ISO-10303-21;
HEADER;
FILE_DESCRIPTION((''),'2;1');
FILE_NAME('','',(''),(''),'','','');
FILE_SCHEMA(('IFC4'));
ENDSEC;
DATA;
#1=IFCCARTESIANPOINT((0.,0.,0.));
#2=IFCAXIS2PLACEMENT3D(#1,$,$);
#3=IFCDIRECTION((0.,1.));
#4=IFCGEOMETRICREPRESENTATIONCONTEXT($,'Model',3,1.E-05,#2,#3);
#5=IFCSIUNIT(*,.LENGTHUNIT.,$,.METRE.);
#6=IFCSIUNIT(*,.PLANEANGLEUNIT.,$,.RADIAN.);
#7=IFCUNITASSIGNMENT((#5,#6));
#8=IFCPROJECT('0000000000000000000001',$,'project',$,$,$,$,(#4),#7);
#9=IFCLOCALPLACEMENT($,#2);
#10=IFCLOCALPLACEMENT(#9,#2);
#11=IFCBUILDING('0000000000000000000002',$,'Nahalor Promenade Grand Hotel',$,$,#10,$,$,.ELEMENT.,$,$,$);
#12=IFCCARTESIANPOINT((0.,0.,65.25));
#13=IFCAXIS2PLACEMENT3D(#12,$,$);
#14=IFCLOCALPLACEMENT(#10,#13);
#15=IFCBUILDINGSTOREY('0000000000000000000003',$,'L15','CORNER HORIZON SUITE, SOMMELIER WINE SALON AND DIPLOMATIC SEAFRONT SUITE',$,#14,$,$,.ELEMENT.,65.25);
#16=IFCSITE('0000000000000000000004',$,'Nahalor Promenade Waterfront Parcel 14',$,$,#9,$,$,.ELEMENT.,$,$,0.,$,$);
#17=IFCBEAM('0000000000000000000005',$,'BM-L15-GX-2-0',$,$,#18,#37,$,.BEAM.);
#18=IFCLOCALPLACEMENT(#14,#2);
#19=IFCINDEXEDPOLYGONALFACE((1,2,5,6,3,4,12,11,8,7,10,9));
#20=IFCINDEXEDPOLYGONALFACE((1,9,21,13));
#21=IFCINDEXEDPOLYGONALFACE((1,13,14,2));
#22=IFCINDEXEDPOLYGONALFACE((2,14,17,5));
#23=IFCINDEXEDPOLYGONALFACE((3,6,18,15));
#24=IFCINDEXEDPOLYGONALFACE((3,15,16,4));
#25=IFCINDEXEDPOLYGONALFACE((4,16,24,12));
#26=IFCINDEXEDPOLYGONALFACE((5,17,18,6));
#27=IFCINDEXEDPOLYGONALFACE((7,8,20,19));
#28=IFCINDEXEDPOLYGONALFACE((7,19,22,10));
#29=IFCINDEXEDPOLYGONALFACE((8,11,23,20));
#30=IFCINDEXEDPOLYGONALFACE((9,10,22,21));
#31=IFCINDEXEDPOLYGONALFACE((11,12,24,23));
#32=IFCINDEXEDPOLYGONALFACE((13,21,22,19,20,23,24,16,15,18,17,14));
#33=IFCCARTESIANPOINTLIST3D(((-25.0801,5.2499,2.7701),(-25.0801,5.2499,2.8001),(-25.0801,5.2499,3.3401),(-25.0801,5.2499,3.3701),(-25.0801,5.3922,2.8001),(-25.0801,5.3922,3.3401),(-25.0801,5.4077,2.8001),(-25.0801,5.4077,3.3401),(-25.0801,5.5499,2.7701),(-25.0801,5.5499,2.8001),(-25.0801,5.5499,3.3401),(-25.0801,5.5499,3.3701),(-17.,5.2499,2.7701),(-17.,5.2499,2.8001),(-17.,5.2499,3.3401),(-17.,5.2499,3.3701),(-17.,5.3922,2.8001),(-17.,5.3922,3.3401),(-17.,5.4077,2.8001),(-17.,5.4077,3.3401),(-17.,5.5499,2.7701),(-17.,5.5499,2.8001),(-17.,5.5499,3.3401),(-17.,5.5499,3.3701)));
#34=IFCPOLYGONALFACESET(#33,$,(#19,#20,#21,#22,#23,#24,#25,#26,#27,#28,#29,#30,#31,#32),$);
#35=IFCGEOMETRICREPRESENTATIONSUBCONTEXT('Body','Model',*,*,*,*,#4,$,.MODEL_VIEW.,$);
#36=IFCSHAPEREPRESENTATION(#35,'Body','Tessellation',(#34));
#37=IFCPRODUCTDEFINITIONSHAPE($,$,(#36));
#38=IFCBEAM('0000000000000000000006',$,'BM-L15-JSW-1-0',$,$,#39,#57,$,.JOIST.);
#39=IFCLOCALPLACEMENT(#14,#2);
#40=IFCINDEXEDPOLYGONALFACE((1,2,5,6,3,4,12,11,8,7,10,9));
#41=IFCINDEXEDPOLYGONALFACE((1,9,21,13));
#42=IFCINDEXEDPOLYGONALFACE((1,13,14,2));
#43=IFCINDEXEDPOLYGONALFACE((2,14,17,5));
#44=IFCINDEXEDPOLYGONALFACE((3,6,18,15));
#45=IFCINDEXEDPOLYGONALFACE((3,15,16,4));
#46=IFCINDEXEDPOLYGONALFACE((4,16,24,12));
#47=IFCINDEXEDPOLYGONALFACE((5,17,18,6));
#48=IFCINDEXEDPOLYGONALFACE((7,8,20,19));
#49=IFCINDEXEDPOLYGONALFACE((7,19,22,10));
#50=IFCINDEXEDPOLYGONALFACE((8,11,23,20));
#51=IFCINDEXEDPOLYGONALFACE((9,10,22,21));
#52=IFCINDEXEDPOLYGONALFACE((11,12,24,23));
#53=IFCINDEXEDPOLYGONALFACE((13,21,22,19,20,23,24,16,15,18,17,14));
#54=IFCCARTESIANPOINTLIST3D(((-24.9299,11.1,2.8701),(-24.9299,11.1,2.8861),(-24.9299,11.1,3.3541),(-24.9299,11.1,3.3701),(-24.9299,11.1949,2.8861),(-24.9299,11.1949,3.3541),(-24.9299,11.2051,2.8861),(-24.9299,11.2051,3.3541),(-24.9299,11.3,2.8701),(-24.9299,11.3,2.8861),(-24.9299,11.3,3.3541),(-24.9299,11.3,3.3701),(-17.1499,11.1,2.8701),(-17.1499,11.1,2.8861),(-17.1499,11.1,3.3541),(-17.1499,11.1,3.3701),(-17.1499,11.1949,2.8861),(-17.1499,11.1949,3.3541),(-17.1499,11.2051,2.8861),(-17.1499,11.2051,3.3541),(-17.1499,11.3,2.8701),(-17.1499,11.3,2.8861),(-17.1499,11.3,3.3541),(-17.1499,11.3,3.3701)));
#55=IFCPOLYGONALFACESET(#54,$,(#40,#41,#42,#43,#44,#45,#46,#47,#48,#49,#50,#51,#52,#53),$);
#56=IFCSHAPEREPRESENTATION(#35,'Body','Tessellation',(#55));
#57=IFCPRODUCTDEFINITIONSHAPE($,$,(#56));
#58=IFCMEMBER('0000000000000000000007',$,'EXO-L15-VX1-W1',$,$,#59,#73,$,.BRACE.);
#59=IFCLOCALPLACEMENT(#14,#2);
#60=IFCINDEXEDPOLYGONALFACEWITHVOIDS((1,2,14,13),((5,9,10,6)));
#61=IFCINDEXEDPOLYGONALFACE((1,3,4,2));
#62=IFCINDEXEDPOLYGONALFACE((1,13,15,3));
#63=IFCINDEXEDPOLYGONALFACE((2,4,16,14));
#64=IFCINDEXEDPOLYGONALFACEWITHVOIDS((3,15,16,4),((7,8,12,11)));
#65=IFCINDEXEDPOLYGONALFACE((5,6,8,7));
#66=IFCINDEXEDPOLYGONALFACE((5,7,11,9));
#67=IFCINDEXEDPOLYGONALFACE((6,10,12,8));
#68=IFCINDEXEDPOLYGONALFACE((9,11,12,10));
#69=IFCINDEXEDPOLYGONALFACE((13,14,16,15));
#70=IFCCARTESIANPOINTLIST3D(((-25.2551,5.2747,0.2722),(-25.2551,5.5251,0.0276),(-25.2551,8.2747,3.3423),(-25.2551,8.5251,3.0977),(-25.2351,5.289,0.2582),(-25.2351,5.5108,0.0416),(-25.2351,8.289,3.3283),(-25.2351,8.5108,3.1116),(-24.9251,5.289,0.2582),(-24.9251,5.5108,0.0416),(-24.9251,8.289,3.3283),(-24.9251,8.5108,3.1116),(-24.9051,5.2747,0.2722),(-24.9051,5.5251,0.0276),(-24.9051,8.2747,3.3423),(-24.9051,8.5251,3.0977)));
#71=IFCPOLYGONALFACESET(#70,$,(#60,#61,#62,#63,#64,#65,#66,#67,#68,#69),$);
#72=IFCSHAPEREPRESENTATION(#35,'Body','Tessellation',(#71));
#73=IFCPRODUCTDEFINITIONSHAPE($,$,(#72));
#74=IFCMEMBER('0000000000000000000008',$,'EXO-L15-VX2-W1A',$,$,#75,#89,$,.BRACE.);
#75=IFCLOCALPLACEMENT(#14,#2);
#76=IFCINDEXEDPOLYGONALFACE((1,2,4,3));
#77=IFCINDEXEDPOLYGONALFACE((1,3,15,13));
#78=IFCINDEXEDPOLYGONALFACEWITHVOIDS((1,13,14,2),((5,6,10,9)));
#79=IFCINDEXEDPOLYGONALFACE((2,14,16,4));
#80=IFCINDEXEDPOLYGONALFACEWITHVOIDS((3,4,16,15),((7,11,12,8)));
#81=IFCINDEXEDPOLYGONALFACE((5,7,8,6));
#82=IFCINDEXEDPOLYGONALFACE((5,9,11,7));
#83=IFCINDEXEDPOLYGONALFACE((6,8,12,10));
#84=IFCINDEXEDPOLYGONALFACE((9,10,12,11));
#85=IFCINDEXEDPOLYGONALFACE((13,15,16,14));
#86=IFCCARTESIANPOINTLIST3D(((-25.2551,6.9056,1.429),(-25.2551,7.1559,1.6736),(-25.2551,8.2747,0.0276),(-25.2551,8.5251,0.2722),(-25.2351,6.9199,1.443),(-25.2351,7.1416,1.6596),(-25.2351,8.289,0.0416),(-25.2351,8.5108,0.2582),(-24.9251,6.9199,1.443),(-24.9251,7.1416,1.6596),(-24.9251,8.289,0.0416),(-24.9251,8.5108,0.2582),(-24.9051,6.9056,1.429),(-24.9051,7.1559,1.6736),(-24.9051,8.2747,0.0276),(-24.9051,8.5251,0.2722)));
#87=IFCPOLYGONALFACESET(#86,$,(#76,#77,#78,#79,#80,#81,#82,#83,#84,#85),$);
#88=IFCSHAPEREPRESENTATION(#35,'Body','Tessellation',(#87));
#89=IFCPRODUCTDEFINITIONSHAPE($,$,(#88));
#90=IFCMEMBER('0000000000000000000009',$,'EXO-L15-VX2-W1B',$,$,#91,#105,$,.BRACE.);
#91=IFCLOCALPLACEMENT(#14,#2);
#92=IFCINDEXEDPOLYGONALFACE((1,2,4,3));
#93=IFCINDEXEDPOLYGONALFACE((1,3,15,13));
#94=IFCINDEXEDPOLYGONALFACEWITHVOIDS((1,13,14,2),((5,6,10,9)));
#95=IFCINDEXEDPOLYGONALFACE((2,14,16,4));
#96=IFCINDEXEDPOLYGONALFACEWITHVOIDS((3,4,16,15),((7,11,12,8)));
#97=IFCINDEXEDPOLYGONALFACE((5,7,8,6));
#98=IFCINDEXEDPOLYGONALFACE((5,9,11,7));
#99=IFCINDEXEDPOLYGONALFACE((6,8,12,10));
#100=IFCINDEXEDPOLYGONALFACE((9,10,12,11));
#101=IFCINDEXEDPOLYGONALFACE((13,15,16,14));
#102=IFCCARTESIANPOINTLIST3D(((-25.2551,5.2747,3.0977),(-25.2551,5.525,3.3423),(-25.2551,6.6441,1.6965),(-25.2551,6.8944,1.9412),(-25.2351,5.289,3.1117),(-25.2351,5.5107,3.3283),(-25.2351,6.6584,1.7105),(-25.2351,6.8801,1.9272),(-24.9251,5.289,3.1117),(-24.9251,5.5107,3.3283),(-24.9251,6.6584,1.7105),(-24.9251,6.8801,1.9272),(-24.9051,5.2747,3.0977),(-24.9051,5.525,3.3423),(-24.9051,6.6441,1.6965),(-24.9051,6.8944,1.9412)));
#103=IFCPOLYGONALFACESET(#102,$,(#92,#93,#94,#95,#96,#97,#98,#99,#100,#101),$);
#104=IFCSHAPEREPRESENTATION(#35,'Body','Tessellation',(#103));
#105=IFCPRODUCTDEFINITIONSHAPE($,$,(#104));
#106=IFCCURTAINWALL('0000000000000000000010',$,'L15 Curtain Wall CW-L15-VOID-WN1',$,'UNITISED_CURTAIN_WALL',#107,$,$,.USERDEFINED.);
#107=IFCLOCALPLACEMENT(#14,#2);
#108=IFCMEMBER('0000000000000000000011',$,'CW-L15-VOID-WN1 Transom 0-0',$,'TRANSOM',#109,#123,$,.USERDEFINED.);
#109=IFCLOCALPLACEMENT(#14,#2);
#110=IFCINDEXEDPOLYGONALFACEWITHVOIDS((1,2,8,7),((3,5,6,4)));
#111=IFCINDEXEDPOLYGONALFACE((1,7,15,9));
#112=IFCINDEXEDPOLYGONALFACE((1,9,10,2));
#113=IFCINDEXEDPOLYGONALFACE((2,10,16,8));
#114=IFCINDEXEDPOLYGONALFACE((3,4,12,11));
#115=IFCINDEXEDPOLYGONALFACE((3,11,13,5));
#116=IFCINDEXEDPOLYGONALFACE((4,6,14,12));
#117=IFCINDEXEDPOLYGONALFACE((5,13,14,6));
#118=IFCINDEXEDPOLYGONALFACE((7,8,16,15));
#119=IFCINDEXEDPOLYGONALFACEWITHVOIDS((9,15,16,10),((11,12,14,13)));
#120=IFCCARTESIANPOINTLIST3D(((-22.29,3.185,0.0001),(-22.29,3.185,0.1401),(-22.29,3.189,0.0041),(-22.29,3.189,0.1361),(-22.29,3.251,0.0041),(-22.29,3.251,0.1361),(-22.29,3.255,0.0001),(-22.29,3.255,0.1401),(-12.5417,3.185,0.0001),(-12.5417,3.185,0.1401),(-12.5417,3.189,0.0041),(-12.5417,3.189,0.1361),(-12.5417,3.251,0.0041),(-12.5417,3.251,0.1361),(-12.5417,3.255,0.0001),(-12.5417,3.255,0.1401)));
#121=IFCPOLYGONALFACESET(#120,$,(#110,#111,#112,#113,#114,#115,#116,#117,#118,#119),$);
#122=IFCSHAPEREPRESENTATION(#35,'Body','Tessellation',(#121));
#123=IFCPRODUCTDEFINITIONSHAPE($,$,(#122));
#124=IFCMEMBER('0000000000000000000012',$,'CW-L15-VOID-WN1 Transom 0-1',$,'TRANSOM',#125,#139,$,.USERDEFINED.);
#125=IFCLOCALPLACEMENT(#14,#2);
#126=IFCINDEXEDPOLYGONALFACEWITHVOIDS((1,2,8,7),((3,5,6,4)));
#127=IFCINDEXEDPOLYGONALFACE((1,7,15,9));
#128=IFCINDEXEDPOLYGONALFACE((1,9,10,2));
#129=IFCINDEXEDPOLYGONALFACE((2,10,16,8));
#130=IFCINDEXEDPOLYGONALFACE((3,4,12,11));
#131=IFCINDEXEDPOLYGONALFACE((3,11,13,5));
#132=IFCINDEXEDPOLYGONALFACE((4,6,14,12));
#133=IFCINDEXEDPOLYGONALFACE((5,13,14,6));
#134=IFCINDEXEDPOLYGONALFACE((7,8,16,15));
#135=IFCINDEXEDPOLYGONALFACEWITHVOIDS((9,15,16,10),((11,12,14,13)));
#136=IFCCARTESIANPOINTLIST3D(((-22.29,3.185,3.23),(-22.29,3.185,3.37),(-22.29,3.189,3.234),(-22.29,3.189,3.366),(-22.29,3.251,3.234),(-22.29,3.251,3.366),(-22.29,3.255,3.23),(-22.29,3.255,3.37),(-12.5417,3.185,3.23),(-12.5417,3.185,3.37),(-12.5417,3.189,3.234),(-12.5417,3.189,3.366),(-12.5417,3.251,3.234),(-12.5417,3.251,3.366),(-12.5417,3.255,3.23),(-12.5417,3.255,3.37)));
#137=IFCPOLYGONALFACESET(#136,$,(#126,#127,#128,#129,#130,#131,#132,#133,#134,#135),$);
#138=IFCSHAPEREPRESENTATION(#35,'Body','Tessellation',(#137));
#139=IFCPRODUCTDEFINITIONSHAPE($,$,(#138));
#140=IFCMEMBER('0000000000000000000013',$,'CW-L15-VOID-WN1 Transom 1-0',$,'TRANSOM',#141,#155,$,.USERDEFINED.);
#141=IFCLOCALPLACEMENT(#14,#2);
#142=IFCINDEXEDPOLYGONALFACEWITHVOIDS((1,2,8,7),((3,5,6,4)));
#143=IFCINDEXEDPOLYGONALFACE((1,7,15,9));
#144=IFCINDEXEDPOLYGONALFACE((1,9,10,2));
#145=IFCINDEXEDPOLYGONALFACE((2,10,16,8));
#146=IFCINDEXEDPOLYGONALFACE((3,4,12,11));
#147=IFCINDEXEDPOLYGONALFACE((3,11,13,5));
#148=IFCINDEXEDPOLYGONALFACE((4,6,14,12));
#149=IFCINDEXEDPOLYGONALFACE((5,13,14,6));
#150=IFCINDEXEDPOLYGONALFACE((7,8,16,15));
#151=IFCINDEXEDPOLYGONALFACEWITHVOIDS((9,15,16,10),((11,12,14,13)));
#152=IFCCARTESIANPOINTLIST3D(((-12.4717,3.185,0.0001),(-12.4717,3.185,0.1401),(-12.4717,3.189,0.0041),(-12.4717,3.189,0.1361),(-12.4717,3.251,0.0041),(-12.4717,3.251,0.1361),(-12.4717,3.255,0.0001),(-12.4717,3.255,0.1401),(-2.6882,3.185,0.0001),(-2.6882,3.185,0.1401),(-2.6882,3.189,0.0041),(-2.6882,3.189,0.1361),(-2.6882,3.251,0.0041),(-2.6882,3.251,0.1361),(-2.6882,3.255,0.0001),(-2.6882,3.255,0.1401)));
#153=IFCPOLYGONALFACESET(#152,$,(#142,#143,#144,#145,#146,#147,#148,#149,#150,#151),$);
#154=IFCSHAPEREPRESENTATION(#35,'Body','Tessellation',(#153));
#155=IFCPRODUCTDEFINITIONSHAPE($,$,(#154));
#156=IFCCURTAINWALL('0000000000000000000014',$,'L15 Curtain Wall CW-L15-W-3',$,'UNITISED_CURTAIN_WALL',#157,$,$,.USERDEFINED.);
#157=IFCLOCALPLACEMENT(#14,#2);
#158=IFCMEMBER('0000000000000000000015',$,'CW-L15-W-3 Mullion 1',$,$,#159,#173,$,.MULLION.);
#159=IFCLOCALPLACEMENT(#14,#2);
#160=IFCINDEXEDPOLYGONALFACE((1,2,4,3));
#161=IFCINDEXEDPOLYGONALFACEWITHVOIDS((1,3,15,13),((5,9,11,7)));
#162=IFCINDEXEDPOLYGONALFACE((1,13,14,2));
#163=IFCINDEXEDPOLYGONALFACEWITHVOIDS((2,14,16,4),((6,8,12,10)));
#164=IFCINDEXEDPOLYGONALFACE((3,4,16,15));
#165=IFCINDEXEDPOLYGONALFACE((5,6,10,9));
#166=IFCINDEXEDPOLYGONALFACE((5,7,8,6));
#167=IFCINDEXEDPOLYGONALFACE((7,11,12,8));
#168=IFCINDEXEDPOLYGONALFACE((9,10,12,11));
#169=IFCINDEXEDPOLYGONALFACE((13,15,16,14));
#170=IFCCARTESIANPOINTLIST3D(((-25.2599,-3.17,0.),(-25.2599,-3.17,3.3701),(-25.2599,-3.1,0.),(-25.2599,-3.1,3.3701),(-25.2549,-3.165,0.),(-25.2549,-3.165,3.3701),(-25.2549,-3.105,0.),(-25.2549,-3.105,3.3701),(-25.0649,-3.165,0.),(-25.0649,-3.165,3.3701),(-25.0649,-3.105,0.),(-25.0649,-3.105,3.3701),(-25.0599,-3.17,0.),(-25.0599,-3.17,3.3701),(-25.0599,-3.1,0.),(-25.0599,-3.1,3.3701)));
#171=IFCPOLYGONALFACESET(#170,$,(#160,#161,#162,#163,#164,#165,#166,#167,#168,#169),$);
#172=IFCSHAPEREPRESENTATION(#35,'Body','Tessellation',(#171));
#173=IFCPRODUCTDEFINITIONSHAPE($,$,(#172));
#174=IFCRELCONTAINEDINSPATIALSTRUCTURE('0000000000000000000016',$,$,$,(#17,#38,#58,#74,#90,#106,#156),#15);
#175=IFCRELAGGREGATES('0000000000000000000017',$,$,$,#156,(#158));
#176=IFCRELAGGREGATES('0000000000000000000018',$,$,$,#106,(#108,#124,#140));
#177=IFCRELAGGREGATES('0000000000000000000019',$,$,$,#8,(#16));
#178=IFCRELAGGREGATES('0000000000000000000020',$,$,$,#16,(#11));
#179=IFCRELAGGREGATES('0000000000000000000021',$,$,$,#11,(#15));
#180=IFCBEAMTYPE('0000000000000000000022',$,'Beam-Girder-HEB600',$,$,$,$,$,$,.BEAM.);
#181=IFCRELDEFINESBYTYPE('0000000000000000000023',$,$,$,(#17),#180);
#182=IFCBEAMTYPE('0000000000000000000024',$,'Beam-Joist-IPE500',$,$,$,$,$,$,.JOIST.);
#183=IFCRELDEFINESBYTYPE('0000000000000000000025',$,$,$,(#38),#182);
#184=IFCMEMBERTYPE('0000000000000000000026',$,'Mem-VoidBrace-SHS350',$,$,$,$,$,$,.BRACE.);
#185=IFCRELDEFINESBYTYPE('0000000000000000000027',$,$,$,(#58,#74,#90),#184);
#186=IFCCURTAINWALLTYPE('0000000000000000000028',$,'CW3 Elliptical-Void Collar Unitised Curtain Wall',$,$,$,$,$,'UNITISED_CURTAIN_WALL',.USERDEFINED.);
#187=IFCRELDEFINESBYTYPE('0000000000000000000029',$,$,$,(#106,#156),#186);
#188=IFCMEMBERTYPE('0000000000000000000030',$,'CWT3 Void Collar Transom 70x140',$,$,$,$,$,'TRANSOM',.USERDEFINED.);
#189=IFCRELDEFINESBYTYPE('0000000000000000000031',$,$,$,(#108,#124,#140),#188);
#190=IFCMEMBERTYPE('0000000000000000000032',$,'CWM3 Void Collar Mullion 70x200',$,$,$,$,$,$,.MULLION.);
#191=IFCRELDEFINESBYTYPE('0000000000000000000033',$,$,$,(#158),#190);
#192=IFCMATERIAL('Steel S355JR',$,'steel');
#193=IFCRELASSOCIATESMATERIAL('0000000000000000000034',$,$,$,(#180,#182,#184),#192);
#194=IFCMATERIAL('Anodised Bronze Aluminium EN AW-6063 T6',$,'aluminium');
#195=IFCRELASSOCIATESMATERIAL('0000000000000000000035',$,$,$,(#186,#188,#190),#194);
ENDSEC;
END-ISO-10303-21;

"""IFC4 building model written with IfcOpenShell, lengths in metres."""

from ifc_helpers import new_model, si_unit, direction, frame, origin, origin_2d, place, context, subcontext, project, spatial, hollow_rectangle, i_section, extrude, source, transform, mapped, material, material_profile, profile_set, type_object, element, aggregate, save


model = new_model("IFC4")

# Units and contexts
model_context = context("Model", 3, precision=1e-05, world=origin(), true_north=direction((0.0, 1.0)))
body_context = subcontext(model_context, "Body", "Model", "MODEL_VIEW")
ifc_project = project(units=[si_unit("LENGTHUNIT", "METRE"), si_unit("PLANEANGLEUNIT", "RADIAN")], contexts=[model_context])

# Site, building, storey
site_placement = place(None, origin())
site = spatial("IfcSite", under=ifc_project, at=site_placement, Name="Nahalor Promenade Waterfront Parcel 14", CompositionType="ELEMENT", RefElevation=0.0)
building_placement = place(site_placement, origin())
building = spatial("IfcBuilding", under=site, at=building_placement, Name="Nahalor Promenade Grand Hotel", CompositionType="ELEMENT")
storey_placement = place(building_placement, frame((0.0, 0.0, 65.25)))
storey = spatial("IfcBuildingStorey", under=building, at=storey_placement, Name="L15", Description="CORNER HORIZON SUITE, SOMMELIER WINE SALON AND DIPLOMATIC SEAFRONT SUITE", CompositionType="ELEMENT", Elevation=65.25)

# Beams
ifc_material_1 = material(Name="Steel S355JR", Category="steel")
ifc_material_profile_1 = material_profile(ifc_material_1, i_section(OverallWidth=0.3, OverallDepth=0.6, WebThickness=0.0155, FlangeThickness=0.03, at=origin_2d()), Name="HEB 600")
ifc_profile_set_1 = profile_set([ifc_material_profile_1], Name="Steel S355JR")
beam_type_1 = type_object("IfcBeamType", Name="Beam-Girder-HEB600", PredefinedType="BEAM", material=ifc_profile_set_1)
ifc_material_profile_2 = material_profile(ifc_material_1, i_section(OverallWidth=0.2, OverallDepth=0.5, WebThickness=0.0102, FlangeThickness=0.016, at=origin_2d()), Name="IPE 500")
ifc_profile_set_2 = profile_set([ifc_material_profile_2], Name="Steel S355JR")
beam_type_2 = type_object("IfcBeamType", Name="Beam-Joist-IPE500", PredefinedType="JOIST", material=ifc_profile_set_2)
shared_shape_1 = source(origin(), body_context, "Body", "SweptSolid", [
    extrude(i_section(OverallWidth=0.3, OverallDepth=0.6, WebThickness=0.0155, FlangeThickness=0.03, at=origin_2d()), origin(), (0.0, 0.0, 1.0), 8.0801),
])
beam_1_placement = place(storey_placement, frame((-25.0801, 5.3999, 3.0701), z_axis=(1.0, 0.0, 0.0), x_axis=(0.0, 1.0, 0.0)))
element("IfcBeam", 1, at=beam_1_placement, inside=storey, type_object=beam_type_1, Name="BM-L15-GX-2-0", PredefinedType="BEAM", context=body_context, shape_type="MappedRepresentation", body=[
    mapped(shared_shape_1, transform((0.0, 0.0, 0.0), scale=1.0)),
])
shared_shape_2 = source(origin(), body_context, "Body", "SweptSolid", [
    extrude(i_section(OverallWidth=0.2, OverallDepth=0.5, WebThickness=0.0102, FlangeThickness=0.016, at=origin_2d()), origin(), (0.0, 0.0, 1.0), 7.78),
])
beam_2_placement = place(storey_placement, frame((-24.9299, 11.2, 3.1201), z_axis=(1.0, 0.0, 0.0), x_axis=(0.0, 1.0, 0.0)))
element("IfcBeam", 2, at=beam_2_placement, inside=storey, type_object=beam_type_2, Name="BM-L15-JSW-1-0", PredefinedType="JOIST", context=body_context, shape_type="MappedRepresentation", body=[
    mapped(shared_shape_2, transform((0.0, 0.0, 0.0), scale=1.0)),
])

# Members
ifc_material_profile_3 = material_profile(ifc_material_1, hollow_rectangle(XDim=0.35, YDim=0.35, WallThickness=0.02, at=origin_2d()), Name="SHS 350x350x20")
ifc_profile_set_3 = profile_set([ifc_material_profile_3], Name="Steel S355JR")
member_type_1 = type_object("IfcMemberType", Name="Mem-VoidBrace-SHS350", PredefinedType="BRACE", material=ifc_profile_set_3)
shared_shape_3 = source(origin(), body_context, "Body", "SweptSolid", [
    extrude(hollow_rectangle(XDim=0.35, YDim=0.35, WallThickness=0.02, at=origin_2d()), origin(), (0.0, 0.0, 1.0), 4.2925),
])
member_1_placement = place(storey_placement, frame((-25.0801, 5.3999, 0.1499), z_axis=(0.0, 0.698898, 0.715221), x_axis=(-1.0, 0.0, 0.0)))
element("IfcMember", 3, at=member_1_placement, inside=storey, type_object=member_type_1, Name="EXO-L15-VX1-W1", PredefinedType="BRACE", context=body_context, shape_type="MappedRepresentation", body=[
    mapped(shared_shape_3, transform((0.0, 0.0, 0.0), scale=1.0)),
])
shared_shape_4 = source(origin(), body_context, "Body", "SweptSolid", [
    extrude(hollow_rectangle(XDim=0.35, YDim=0.35, WallThickness=0.02, at=origin_2d()), origin(), (0.0, 0.0, 1.0), 1.9592),
])
for number, where, z_axis, x_axis, name in (
    (4, (-25.0801, 8.3999, 0.1499), (0.0, -0.698834, 0.715283), (1.0, 0.0, 0.0), "EXO-L15-VX2-W1A"),
    (5, (-25.0801, 6.7693, 1.8188), (0.0, -0.69896, 0.71516), (1.0, 0.0, 0.0), "EXO-L15-VX2-W1B"),
):
    element("IfcMember", number, at=place(storey_placement, frame(where, z_axis=z_axis, x_axis=x_axis)), inside=storey, type_object=member_type_1, Name=name, PredefinedType="BRACE", context=body_context, shape_type="MappedRepresentation", body=[
        mapped(shared_shape_4, transform((0.0, 0.0, 0.0), scale=1.0)),
    ])

# Curtain wall, members
ifc_material_2 = material(Name="Anodised Bronze Aluminium EN AW-6063 T6", Category="aluminium")
curtain_wall_type = type_object("IfcCurtainWallType", Name="CW3 Elliptical-Void Collar Unitised Curtain Wall", ElementType="UNITISED_CURTAIN_WALL", PredefinedType="USERDEFINED", material=ifc_material_2)
curtain_wall_1_placement = place(storey_placement, origin())
curtain_wall_1 = element("IfcCurtainWall", 6, at=curtain_wall_1_placement, inside=storey, type_object=curtain_wall_type, Name="L15 Curtain Wall CW-L15-VOID-WN1", ObjectType="UNITISED_CURTAIN_WALL", PredefinedType="USERDEFINED")
ifc_material_profile_4 = material_profile(ifc_material_2, hollow_rectangle(XDim=0.07, YDim=0.14, WallThickness=0.004, at=origin_2d()), Name="CWT 70x140x4")
ifc_profile_set_4 = profile_set([ifc_material_profile_4], Name="Anodised Bronze Aluminium EN AW-6063 T6")
member_type_2 = type_object("IfcMemberType", Name="CWT3 Void Collar Transom 70x140", ElementType="TRANSOM", PredefinedType="USERDEFINED", material=ifc_profile_set_4)
shared_shape_5 = source(origin(), body_context, "Body", "SweptSolid", [
    extrude(hollow_rectangle(XDim=0.07, YDim=0.14, WallThickness=0.004, at=origin_2d()), origin(), (0.0, 0.0, 1.0), 9.7483),
])
member_2_placement = place(storey_placement, frame((-22.29, 3.22, 0.0701), z_axis=(1.0, 0.0, 0.0), x_axis=(0.0, 1.0, 0.0)))
member_2 = element("IfcMember", 7, at=member_2_placement, type_object=member_type_2, Name="CW-L15-VOID-WN1 Transom 0-0", ObjectType="TRANSOM", PredefinedType="USERDEFINED", context=body_context, shape_type="MappedRepresentation", body=[
    mapped(shared_shape_5, transform((0.0, 0.0, 0.0), scale=1.0)),
])
member_3_placement = place(storey_placement, frame((-22.29, 3.22, 3.3), z_axis=(1.0, 0.0, 0.0), x_axis=(0.0, 1.0, 0.0)))
member_3 = element("IfcMember", 8, at=member_3_placement, type_object=member_type_2, Name="CW-L15-VOID-WN1 Transom 0-1", ObjectType="TRANSOM", PredefinedType="USERDEFINED", context=body_context, shape_type="MappedRepresentation", body=[
    mapped(shared_shape_5, transform((0.0, 0.0, 0.0), scale=1.0)),
])
shared_shape_6 = source(origin(), body_context, "Body", "SweptSolid", [
    extrude(hollow_rectangle(XDim=0.07, YDim=0.14, WallThickness=0.004, at=origin_2d()), origin(), (0.0, 0.0, 1.0), 9.7834),
])
member_4_placement = place(storey_placement, frame((-12.4717, 3.22, 0.0701), z_axis=(1.0, 0.0, 0.0), x_axis=(0.0, 1.0, 0.0)))
member_4 = element("IfcMember", 9, at=member_4_placement, type_object=member_type_2, Name="CW-L15-VOID-WN1 Transom 1-0", ObjectType="TRANSOM", PredefinedType="USERDEFINED", context=body_context, shape_type="MappedRepresentation", body=[
    mapped(shared_shape_6, transform((0.0, 0.0, 0.0), scale=1.0)),
])

# Curtain wall, member
curtain_wall_2_placement = place(storey_placement, origin())
curtain_wall_2 = element("IfcCurtainWall", 10, at=curtain_wall_2_placement, inside=storey, type_object=curtain_wall_type, Name="L15 Curtain Wall CW-L15-W-3", ObjectType="UNITISED_CURTAIN_WALL", PredefinedType="USERDEFINED")
ifc_material_profile_5 = material_profile(ifc_material_2, hollow_rectangle(XDim=0.07, YDim=0.2, WallThickness=0.005, at=origin_2d()), Name="CWM 70x200x5")
ifc_profile_set_5 = profile_set([ifc_material_profile_5], Name="Anodised Bronze Aluminium EN AW-6063 T6")
member_type_3 = type_object("IfcMemberType", Name="CWM3 Void Collar Mullion 70x200", PredefinedType="MULLION", material=ifc_profile_set_5)
shared_shape_7 = source(origin(), body_context, "Body", "SweptSolid", [
    extrude(hollow_rectangle(XDim=0.07, YDim=0.2, WallThickness=0.005, at=origin_2d()), origin(), (0.0, 0.0, 1.0), 3.3701),
])
member_5_placement = place(storey_placement, frame((-25.1599, -3.135, 0.0), z_axis=(0.0, 0.0, 1.0), x_axis=(0.0, 1.0, 0.0)))
member_5 = element("IfcMember", 11, at=member_5_placement, type_object=member_type_3, Name="CW-L15-W-3 Mullion 1", PredefinedType="MULLION", context=body_context, shape_type="MappedRepresentation", body=[
    mapped(shared_shape_7, transform((0.0, 0.0, 0.0), scale=1.0)),
])
aggregate(curtain_wall_2, [member_5])

aggregate(curtain_wall_1, [member_2, member_3, member_4])

save(model, "model.ifc")
